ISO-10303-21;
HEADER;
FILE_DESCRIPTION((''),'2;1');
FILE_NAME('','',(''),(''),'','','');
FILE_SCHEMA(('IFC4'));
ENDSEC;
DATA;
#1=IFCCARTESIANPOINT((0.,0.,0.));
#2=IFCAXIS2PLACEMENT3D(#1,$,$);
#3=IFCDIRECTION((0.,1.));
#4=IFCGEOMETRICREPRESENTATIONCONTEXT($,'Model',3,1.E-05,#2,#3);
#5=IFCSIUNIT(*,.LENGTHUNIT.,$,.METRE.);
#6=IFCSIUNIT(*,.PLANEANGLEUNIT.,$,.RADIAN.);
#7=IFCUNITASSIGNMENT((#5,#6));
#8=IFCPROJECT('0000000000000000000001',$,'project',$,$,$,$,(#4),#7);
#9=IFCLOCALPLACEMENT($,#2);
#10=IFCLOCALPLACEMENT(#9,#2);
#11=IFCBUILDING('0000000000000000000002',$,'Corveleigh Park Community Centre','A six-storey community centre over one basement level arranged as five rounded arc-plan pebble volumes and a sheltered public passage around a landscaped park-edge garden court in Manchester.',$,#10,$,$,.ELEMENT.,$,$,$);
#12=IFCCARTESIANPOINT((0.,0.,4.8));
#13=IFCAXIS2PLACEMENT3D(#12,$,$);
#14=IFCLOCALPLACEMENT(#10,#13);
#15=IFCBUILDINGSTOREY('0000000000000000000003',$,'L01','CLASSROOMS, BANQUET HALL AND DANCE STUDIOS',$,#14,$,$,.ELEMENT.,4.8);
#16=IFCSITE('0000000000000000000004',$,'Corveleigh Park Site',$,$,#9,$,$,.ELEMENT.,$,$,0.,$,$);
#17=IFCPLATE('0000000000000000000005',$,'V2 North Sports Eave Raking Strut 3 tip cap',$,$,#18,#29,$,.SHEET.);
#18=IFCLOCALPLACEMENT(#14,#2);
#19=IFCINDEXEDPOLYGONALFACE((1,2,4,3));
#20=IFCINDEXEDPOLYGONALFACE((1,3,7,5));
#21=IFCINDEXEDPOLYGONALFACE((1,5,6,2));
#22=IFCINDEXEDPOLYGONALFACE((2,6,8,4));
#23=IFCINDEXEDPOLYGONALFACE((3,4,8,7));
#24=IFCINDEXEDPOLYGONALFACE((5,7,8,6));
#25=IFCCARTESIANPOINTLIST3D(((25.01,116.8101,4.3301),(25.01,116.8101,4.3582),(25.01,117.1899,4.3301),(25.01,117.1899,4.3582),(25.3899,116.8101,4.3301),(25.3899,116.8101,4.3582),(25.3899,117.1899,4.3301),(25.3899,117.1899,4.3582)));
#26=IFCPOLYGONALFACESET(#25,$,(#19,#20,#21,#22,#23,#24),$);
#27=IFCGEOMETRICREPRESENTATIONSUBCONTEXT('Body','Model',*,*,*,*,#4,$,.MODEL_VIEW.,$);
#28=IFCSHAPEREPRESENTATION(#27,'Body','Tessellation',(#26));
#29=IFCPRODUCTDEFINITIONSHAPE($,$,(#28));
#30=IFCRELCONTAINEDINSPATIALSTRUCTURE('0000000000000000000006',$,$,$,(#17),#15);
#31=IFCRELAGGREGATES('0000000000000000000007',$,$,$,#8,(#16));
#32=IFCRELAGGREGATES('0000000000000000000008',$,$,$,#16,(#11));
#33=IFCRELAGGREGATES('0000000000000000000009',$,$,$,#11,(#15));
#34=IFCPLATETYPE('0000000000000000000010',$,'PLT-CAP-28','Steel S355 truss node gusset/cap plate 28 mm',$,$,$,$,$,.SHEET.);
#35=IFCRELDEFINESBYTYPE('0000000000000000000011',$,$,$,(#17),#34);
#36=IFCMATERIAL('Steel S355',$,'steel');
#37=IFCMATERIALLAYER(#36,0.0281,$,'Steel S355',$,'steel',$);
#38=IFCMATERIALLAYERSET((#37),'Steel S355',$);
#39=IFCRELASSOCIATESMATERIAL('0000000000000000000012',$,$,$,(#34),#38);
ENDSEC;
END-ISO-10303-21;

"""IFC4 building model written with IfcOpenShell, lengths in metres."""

from ifc_helpers import new_model, si_unit, direction, frame, origin, origin_2d, place, context, subcontext, project, spatial, rectangle, extrude, material, layer, layer_set, type_object, element, save


model = new_model("IFC4")

# Units and contexts
model_context = context("Model", 3, precision=1e-05, world=origin(), true_north=direction((0.0, 1.0)))
body_context = subcontext(model_context, "Body", "Model", "MODEL_VIEW")
ifc_project = project(units=[si_unit("LENGTHUNIT", "METRE"), si_unit("PLANEANGLEUNIT", "RADIAN")], contexts=[model_context])

# Site, building, storey
site_placement = place(None, origin())
site = spatial("IfcSite", under=ifc_project, at=site_placement, Name="Corveleigh Park Site", CompositionType="ELEMENT", RefElevation=0.0)
building_placement = place(site_placement, origin())
building = spatial("IfcBuilding", under=site, at=building_placement, Name="Corveleigh Park Community Centre", Description="A six-storey community centre over one basement level arranged as five rounded arc-plan pebble volumes and a sheltered public passage around a landscaped park-edge garden court in Manchester.", CompositionType="ELEMENT")
storey_placement = place(building_placement, frame((0.0, 0.0, 4.8)))
storey = spatial("IfcBuildingStorey", under=building, at=storey_placement, Name="L01", Description="CLASSROOMS, BANQUET HALL AND DANCE STUDIOS", CompositionType="ELEMENT", Elevation=4.8)

# Shared definitions
ifc_material_1 = material(Name="Steel S355", Category="steel")

# Plate
ifc_layer_1 = layer(ifc_material_1, 0.0281, Name="Steel S355", Category="steel")
ifc_layer_set_1 = layer_set([ifc_layer_1], Name="Steel S355")
plate_type_1 = type_object("IfcPlateType", Name="PLT-CAP-28", Description="Steel S355 truss node gusset/cap plate 28 mm", PredefinedType="SHEET", material=ifc_layer_set_1)
plate_1_placement = place(storey_placement, frame((25.2, 117.0, 4.3301), z_axis=(0.0, 0.0, 1.0), x_axis=(1.0, 0.0, 0.0)))
element("IfcPlate", 1, at=plate_1_placement, inside=storey, type_object=plate_type_1, Name="V2 North Sports Eave Raking Strut 3 tip cap", PredefinedType="SHEET", context=body_context, shape_type="SweptSolid", body=[
    extrude(rectangle(XDim=0.3799, YDim=0.3799, at=origin_2d()), origin(), (0.0, 0.0, 1.0), 0.0281),
])

save(model, "model.ifc")
